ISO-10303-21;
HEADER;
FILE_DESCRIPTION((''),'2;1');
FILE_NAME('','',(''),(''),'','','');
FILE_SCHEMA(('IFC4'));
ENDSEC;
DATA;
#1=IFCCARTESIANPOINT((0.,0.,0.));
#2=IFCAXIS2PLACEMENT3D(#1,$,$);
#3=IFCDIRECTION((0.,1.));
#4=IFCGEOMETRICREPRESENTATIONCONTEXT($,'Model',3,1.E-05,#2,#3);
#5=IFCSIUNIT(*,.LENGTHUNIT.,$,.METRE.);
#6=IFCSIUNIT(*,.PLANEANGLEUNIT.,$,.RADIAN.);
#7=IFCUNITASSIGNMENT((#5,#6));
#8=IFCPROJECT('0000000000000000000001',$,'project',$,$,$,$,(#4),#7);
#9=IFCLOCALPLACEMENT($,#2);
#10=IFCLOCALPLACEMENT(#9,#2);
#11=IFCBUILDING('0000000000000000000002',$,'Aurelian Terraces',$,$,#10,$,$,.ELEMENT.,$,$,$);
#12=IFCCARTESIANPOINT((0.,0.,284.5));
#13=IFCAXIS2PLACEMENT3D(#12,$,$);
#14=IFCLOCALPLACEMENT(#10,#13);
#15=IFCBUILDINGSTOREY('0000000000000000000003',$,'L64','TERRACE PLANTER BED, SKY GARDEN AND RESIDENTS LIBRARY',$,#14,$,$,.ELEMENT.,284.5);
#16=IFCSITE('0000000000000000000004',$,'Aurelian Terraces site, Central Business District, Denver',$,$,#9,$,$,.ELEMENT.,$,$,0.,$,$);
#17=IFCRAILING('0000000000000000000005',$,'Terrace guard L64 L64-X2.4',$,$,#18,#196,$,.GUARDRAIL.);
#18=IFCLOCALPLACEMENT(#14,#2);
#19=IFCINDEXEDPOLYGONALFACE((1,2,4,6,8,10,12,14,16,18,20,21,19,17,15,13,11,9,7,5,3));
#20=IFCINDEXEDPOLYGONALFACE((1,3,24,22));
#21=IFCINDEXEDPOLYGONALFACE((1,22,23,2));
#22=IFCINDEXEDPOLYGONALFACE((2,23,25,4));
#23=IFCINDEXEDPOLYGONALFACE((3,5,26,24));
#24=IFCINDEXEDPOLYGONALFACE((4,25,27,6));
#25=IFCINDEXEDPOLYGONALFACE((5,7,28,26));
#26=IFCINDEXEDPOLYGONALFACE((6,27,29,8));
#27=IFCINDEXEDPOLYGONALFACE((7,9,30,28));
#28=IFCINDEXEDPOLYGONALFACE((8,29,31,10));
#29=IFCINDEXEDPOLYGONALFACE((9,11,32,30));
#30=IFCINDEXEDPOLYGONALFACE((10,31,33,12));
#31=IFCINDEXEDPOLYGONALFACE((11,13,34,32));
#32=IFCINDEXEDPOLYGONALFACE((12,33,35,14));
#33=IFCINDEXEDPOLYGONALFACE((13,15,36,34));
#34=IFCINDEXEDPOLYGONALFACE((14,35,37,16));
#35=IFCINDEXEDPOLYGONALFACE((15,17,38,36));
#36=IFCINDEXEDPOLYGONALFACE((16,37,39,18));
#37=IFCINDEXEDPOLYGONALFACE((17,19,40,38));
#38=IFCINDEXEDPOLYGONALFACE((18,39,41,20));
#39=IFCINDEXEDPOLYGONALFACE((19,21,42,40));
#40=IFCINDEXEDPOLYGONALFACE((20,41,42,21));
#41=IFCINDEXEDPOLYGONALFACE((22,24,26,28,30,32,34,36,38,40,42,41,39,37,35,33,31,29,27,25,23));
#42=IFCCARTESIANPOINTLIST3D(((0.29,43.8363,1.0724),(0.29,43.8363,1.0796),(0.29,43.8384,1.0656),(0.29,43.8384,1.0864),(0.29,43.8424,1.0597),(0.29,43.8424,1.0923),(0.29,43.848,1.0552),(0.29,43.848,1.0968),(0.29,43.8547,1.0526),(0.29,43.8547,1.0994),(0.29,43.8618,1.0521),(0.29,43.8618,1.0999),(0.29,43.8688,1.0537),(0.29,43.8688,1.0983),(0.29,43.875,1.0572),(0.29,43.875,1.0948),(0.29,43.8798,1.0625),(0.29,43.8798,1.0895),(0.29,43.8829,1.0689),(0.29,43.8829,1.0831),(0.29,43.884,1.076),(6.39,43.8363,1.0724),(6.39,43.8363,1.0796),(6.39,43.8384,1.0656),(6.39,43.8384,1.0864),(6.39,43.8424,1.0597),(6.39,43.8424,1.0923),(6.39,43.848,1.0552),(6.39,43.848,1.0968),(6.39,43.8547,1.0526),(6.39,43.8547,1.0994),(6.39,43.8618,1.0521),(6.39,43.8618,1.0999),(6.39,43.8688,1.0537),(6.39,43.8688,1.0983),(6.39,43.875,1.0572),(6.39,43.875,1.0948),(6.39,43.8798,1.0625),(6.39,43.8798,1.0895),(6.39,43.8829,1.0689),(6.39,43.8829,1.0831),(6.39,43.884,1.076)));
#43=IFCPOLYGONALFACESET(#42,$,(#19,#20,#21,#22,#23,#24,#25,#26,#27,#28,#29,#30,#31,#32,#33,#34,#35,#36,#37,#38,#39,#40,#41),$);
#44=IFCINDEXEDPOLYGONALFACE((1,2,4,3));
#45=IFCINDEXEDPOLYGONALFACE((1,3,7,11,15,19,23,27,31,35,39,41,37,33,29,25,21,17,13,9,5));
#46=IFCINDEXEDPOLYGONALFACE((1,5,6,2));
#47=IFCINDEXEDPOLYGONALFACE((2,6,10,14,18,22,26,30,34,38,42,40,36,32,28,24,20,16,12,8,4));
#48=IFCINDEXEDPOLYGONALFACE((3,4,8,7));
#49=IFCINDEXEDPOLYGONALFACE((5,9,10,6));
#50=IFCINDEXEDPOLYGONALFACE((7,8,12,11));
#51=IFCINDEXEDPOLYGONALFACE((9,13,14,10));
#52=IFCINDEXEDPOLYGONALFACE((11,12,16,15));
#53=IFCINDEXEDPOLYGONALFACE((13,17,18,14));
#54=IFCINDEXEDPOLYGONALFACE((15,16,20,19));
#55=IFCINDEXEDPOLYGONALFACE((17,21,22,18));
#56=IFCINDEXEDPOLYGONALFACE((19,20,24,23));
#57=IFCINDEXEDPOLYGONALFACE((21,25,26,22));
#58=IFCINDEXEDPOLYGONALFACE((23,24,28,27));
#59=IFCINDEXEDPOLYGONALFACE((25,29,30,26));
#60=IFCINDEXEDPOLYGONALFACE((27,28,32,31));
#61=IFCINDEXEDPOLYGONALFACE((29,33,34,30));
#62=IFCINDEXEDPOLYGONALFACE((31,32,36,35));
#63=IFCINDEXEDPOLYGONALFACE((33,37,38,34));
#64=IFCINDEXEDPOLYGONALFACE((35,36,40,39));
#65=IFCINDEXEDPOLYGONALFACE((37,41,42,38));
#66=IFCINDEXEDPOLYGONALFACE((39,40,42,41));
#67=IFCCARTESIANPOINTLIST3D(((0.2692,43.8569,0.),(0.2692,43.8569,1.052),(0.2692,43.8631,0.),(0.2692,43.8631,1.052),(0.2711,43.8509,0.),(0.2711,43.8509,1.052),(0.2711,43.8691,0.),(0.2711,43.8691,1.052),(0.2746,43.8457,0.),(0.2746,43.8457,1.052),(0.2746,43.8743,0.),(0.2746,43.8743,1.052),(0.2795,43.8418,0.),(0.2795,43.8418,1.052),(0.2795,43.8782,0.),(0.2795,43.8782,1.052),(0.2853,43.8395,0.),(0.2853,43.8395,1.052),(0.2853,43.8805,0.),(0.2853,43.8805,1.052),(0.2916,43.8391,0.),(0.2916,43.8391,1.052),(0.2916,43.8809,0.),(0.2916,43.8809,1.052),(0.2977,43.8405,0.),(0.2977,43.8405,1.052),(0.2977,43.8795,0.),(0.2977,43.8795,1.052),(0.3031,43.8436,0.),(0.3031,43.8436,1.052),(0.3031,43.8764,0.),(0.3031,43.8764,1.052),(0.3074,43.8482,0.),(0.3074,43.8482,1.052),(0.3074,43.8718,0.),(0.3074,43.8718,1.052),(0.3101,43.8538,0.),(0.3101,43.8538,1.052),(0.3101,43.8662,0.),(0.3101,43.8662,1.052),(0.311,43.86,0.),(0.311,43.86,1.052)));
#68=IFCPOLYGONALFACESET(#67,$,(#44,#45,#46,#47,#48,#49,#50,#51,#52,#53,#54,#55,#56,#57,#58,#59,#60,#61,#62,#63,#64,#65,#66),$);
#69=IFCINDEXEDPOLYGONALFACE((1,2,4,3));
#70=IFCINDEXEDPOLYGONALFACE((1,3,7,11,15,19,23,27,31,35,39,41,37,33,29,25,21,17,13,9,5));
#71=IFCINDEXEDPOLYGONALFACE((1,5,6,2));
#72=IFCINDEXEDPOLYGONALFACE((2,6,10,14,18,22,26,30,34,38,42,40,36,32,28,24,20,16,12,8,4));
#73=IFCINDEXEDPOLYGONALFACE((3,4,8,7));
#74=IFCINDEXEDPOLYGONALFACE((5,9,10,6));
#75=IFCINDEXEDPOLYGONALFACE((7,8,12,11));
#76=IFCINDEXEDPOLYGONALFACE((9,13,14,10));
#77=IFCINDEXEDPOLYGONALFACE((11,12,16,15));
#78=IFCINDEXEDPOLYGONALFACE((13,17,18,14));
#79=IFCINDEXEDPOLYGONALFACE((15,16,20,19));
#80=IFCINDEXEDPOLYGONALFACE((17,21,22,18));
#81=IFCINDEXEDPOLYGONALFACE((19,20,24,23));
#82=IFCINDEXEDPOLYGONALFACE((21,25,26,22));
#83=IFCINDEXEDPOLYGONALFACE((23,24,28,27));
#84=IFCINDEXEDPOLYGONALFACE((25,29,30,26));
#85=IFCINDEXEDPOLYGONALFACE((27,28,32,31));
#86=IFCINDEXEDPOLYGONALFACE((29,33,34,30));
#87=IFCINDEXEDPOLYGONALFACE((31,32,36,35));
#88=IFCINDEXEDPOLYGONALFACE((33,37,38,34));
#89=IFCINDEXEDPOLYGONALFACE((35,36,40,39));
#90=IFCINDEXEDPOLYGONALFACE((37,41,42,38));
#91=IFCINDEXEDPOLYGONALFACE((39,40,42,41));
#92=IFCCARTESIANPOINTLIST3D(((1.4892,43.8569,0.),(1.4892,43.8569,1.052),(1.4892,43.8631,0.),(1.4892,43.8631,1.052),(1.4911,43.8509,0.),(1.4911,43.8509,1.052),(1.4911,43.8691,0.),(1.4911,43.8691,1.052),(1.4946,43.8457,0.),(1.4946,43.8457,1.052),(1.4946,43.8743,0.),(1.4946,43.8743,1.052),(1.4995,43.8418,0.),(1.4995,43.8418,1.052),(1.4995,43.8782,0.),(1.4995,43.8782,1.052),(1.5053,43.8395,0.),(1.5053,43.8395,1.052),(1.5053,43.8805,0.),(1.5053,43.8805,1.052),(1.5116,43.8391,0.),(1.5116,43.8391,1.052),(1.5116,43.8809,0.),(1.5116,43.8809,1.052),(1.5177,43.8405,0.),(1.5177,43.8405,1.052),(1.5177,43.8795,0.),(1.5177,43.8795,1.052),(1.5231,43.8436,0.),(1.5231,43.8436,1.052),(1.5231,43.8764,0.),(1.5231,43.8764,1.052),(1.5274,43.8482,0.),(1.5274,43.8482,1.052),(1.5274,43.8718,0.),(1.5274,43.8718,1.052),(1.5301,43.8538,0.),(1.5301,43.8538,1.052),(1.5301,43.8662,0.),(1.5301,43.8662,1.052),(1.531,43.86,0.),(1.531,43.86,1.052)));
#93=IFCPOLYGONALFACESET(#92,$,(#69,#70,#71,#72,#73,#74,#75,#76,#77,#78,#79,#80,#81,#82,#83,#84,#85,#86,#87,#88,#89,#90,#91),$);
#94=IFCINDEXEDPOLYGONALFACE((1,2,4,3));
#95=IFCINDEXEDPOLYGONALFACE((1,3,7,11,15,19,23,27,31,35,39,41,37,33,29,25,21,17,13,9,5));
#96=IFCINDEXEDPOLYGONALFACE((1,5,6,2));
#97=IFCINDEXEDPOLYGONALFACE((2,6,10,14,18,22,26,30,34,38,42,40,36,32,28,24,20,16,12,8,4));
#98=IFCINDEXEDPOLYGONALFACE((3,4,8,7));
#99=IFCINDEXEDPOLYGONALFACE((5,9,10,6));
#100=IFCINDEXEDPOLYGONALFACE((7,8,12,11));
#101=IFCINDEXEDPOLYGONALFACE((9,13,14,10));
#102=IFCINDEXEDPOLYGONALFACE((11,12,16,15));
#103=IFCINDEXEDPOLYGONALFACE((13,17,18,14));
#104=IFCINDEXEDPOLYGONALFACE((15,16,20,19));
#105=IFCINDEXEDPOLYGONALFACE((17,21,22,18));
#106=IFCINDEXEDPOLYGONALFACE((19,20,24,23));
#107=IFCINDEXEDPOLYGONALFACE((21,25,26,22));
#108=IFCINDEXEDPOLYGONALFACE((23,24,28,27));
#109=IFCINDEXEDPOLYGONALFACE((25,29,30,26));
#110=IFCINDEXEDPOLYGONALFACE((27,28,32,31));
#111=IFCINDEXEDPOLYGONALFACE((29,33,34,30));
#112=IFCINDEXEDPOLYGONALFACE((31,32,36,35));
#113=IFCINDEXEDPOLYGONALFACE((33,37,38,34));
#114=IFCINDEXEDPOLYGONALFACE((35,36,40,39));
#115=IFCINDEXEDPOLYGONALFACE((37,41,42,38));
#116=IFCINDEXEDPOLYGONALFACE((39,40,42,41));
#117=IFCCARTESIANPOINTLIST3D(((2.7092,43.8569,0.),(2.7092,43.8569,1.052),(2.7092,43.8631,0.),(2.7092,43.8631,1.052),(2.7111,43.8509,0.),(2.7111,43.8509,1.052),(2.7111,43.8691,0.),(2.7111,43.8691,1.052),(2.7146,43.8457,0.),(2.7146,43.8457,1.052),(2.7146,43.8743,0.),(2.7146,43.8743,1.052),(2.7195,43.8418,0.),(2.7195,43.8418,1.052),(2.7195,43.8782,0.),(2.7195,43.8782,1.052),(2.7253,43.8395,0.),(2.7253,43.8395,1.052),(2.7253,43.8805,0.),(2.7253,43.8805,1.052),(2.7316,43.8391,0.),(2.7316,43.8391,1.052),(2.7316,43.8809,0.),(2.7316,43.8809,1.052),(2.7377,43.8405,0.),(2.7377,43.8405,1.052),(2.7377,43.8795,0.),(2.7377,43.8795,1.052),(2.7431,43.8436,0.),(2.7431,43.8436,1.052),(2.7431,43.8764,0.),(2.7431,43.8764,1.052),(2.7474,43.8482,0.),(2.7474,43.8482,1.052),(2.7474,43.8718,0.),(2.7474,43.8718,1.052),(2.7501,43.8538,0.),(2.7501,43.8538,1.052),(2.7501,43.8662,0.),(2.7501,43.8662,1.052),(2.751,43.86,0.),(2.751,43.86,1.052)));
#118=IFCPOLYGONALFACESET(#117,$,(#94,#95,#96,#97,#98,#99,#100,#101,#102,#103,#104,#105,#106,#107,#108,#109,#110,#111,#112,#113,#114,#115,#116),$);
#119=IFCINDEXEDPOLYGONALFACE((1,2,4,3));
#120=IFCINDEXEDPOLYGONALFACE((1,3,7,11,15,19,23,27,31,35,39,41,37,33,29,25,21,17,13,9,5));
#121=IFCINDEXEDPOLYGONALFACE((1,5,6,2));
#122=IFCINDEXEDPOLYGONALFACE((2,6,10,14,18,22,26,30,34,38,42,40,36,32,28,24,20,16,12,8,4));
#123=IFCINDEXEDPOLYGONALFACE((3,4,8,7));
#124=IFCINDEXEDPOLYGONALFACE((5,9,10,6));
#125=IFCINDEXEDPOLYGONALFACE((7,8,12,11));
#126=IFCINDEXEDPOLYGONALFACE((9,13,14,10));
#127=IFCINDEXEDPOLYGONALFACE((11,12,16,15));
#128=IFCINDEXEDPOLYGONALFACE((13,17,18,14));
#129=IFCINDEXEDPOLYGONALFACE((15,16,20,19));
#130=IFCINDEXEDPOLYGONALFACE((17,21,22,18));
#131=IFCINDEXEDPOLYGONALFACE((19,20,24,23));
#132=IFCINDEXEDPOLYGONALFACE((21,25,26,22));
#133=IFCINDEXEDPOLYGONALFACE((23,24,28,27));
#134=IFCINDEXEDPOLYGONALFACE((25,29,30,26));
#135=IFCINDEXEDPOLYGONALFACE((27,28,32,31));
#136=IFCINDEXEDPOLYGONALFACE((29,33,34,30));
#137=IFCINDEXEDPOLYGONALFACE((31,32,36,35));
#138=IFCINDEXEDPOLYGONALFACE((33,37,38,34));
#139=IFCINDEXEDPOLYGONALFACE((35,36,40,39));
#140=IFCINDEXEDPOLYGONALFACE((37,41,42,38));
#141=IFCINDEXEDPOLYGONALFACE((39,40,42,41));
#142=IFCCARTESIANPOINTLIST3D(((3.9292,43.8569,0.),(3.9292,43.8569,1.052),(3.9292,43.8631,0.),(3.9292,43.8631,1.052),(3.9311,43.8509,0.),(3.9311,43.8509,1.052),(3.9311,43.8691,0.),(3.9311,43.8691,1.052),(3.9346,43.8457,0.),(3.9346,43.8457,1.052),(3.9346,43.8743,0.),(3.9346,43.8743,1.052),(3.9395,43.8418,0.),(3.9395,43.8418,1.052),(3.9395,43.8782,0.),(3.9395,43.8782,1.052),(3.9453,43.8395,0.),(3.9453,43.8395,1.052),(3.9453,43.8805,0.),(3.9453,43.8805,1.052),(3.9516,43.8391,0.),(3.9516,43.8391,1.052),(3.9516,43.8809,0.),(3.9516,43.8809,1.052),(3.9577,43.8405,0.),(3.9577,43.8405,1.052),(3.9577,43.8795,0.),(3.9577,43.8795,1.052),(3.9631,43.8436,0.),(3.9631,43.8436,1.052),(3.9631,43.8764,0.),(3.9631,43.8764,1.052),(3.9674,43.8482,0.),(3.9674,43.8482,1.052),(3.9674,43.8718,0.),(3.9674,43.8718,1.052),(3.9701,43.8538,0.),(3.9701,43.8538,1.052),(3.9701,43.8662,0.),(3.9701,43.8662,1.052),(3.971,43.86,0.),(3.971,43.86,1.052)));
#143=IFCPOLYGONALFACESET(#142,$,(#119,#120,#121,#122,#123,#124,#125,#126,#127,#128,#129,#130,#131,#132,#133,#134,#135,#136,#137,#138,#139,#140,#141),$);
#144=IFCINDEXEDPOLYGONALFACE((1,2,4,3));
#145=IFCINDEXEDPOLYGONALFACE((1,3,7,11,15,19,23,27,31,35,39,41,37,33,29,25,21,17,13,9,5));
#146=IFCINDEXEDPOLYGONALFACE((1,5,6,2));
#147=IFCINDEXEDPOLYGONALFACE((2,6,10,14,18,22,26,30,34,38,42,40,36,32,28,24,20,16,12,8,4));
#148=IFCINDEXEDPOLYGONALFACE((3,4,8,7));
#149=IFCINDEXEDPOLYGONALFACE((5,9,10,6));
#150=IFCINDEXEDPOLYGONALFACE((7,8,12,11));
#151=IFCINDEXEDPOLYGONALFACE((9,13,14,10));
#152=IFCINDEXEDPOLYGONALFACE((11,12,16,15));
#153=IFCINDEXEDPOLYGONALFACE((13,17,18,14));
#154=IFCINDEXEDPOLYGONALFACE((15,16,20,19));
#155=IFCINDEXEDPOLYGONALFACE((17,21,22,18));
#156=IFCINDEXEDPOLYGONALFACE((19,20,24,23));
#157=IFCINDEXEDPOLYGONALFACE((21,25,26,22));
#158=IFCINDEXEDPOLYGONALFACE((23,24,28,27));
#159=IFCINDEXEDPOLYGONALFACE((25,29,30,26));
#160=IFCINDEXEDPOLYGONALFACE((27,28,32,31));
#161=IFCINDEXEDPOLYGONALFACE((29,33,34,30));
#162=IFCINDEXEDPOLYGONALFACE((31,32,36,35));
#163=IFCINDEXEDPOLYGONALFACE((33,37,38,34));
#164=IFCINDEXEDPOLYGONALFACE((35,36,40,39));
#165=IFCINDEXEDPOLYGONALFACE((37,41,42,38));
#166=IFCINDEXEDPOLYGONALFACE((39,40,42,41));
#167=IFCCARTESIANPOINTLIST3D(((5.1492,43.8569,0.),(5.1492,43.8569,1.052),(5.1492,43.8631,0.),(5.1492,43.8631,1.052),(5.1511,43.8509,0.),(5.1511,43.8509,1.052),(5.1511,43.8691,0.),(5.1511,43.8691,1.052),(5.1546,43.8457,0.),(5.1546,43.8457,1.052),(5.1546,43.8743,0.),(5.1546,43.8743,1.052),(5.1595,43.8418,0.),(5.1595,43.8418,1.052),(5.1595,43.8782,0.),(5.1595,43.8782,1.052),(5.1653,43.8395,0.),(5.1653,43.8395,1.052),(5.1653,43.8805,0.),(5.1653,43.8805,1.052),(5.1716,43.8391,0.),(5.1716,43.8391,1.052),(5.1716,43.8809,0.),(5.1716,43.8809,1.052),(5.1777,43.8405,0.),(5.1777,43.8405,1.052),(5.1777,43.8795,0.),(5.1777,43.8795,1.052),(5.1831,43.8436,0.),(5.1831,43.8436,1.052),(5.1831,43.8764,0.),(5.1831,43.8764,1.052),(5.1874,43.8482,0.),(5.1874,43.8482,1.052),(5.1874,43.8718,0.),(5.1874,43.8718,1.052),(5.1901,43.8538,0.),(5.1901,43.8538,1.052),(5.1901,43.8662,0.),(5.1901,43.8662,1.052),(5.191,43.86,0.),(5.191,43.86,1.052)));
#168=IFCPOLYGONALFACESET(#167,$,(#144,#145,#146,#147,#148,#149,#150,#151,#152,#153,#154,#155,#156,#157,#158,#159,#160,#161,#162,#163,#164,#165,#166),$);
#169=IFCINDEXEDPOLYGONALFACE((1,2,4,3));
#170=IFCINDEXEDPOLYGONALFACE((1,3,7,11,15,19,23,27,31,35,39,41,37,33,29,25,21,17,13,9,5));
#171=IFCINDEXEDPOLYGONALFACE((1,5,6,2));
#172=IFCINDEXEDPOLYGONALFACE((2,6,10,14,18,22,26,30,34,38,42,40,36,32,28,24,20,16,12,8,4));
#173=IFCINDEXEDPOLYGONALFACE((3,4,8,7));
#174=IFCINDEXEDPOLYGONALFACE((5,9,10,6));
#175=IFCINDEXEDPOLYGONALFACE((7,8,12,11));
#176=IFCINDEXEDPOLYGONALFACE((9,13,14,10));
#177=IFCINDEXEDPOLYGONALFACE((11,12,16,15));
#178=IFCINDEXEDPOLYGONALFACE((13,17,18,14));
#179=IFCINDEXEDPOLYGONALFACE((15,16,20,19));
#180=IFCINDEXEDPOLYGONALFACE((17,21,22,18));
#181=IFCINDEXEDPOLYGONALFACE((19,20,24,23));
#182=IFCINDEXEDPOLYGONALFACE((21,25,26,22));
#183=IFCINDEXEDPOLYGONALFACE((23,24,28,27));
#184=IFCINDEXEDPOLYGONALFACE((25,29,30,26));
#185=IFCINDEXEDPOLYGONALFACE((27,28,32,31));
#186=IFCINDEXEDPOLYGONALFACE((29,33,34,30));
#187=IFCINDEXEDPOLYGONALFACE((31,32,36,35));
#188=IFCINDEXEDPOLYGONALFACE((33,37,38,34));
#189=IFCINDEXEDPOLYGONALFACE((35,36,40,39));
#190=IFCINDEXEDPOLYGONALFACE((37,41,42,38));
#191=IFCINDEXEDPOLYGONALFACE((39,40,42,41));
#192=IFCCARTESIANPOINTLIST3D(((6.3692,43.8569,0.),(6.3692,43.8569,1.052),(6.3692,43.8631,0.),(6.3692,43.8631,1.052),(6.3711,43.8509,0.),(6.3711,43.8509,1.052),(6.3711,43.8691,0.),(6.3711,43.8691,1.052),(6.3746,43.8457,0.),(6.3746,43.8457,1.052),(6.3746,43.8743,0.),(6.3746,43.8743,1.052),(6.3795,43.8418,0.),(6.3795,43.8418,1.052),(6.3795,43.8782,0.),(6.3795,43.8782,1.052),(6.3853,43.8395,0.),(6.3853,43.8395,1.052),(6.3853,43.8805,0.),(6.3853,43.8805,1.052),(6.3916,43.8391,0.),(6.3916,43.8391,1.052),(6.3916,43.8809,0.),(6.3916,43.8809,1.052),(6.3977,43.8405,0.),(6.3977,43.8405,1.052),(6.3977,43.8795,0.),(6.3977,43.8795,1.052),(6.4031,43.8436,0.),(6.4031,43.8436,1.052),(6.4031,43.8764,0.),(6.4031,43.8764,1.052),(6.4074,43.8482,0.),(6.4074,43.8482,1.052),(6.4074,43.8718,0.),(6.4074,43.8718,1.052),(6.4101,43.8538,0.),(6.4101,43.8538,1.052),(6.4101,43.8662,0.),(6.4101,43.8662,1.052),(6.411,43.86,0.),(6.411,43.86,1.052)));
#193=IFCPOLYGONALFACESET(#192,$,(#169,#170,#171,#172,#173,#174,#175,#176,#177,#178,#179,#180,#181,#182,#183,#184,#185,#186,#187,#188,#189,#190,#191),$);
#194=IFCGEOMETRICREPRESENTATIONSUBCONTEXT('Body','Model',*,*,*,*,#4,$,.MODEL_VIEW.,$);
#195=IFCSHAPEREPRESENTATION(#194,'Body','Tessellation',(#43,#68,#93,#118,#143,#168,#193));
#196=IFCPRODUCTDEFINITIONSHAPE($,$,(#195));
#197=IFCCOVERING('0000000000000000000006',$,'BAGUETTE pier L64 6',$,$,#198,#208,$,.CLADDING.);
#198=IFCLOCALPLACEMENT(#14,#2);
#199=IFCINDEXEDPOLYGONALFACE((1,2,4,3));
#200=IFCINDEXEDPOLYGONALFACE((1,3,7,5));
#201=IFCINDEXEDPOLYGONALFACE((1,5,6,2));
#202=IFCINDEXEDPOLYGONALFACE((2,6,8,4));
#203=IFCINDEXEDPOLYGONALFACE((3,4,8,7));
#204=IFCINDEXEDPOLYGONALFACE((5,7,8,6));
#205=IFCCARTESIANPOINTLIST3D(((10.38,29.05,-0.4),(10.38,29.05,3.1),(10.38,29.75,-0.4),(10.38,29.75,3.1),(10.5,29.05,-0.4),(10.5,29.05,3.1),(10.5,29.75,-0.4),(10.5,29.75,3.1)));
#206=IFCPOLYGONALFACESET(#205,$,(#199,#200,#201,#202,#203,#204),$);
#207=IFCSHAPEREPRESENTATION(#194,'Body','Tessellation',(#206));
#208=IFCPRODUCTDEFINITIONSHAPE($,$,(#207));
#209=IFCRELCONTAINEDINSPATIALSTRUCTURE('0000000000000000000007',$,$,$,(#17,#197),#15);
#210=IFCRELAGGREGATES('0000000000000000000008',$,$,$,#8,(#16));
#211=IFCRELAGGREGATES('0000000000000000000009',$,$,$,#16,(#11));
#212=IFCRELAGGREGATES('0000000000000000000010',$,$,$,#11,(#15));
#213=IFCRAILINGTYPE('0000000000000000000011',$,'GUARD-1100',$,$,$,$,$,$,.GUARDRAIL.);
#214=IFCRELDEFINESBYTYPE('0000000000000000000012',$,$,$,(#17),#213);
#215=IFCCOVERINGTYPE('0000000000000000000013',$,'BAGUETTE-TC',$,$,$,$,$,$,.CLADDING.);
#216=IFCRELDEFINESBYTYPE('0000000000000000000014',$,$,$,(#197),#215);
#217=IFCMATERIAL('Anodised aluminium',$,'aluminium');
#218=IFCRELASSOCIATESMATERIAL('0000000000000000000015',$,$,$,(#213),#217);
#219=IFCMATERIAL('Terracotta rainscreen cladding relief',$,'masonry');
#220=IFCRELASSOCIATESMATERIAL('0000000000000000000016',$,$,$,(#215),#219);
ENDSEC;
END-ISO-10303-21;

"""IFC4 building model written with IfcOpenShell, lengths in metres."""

from ifc_helpers import new_model, si_unit, direction, frame, origin, origin_2d, place, context, subcontext, project, spatial, rectangle, circle, extrude, source, transform, mapped, material, type_object, element, save


model = new_model("IFC4")

# Units and contexts
model_context = context("Model", 3, precision=1e-05, world=origin(), true_north=direction((0.0, 1.0)))
body_context = subcontext(model_context, "Body", "Model", "MODEL_VIEW")
ifc_project = project(units=[si_unit("LENGTHUNIT", "METRE"), si_unit("PLANEANGLEUNIT", "RADIAN")], contexts=[model_context])

# Site, building, storey
site_placement = place(None, origin())
site = spatial("IfcSite", under=ifc_project, at=site_placement, Name="Aurelian Terraces site, Central Business District, Denver", CompositionType="ELEMENT", RefElevation=0.0)
building_placement = place(site_placement, origin())
building = spatial("IfcBuilding", under=site, at=building_placement, Name="Aurelian Terraces", CompositionType="ELEMENT")
storey_placement = place(building_placement, frame((0.0, 0.0, 284.5)))
storey = spatial("IfcBuildingStorey", under=building, at=storey_placement, Name="L64", Description="TERRACE PLANTER BED, SKY GARDEN AND RESIDENTS LIBRARY", CompositionType="ELEMENT", Elevation=284.5)

# Shared definitions
ifc_material_1 = material(Name="Anodised aluminium", Category="aluminium")
railing_type = type_object("IfcRailingType", Name="GUARD-1100", PredefinedType="GUARDRAIL", material=ifc_material_1)

# Railing
shared_shape_1 = source(origin(), body_context, "Body", "SweptSolid", [
    extrude(circle(Radius=0.024, at=origin_2d()), frame((0.0, 0.0, 1.076), z_axis=(1.0, 0.0, 0.0), x_axis=(0.0, 1.0, 0.0)), (0.0, 0.0, 1.0), 6.1),
    extrude(circle(Radius=0.021, at=origin_2d()), origin(), (0.0, 0.0, 1.0), 1.052),
    extrude(circle(Radius=0.021, at=origin_2d()), frame((1.22, 0.0, 0.0)), (0.0, 0.0, 1.0), 1.052),
    extrude(circle(Radius=0.021, at=origin_2d()), frame((2.44, 0.0, 0.0)), (0.0, 0.0, 1.0), 1.052),
    extrude(circle(Radius=0.021, at=origin_2d()), frame((3.66, 0.0, 0.0)), (0.0, 0.0, 1.0), 1.052),
    extrude(circle(Radius=0.021, at=origin_2d()), frame((4.88, 0.0, 0.0)), (0.0, 0.0, 1.0), 1.052),
    extrude(circle(Radius=0.021, at=origin_2d()), frame((6.1, 0.0, 0.0)), (0.0, 0.0, 1.0), 1.052),
])
railing_1_placement = place(storey_placement, frame((0.29, 43.86, 0.0)))
element("IfcRailing", 1, at=railing_1_placement, inside=storey, type_object=railing_type, Name="Terrace guard L64 L64-X2.4", PredefinedType="GUARDRAIL", context=body_context, shape_type="MappedRepresentation", body=[
    mapped(shared_shape_1, transform((0.0, 0.0, 0.0), scale=1.0)),
])

# Covering
ifc_material_2 = material(Name="Terracotta rainscreen cladding relief", Category="masonry")
covering_type_1 = type_object("IfcCoveringType", Name="BAGUETTE-TC", PredefinedType="CLADDING", material=ifc_material_2)
shared_shape_2 = source(origin(), body_context, "Body", "SweptSolid", [
    extrude(rectangle(XDim=0.12, YDim=0.7, at=origin_2d()), origin(), (0.0, 0.0, 1.0), 3.5),
])
for number, where, z_axis, x_axis, name in (
    (2, (10.44, 29.4, -0.4), (0.0, 0.0, 1.0), (1.0, 0.0, 0.0), "BAGUETTE pier L64 6"),
):
    element("IfcCovering", number, at=place(storey_placement, frame(where, z_axis=z_axis, x_axis=x_axis)), inside=storey, type_object=covering_type_1, Name=name, PredefinedType="CLADDING", context=body_context, shape_type="MappedRepresentation", body=[
        mapped(shared_shape_2, transform((0.0, 0.0, 0.0), scale=1.0)),
    ])

save(model, "model.ifc")
